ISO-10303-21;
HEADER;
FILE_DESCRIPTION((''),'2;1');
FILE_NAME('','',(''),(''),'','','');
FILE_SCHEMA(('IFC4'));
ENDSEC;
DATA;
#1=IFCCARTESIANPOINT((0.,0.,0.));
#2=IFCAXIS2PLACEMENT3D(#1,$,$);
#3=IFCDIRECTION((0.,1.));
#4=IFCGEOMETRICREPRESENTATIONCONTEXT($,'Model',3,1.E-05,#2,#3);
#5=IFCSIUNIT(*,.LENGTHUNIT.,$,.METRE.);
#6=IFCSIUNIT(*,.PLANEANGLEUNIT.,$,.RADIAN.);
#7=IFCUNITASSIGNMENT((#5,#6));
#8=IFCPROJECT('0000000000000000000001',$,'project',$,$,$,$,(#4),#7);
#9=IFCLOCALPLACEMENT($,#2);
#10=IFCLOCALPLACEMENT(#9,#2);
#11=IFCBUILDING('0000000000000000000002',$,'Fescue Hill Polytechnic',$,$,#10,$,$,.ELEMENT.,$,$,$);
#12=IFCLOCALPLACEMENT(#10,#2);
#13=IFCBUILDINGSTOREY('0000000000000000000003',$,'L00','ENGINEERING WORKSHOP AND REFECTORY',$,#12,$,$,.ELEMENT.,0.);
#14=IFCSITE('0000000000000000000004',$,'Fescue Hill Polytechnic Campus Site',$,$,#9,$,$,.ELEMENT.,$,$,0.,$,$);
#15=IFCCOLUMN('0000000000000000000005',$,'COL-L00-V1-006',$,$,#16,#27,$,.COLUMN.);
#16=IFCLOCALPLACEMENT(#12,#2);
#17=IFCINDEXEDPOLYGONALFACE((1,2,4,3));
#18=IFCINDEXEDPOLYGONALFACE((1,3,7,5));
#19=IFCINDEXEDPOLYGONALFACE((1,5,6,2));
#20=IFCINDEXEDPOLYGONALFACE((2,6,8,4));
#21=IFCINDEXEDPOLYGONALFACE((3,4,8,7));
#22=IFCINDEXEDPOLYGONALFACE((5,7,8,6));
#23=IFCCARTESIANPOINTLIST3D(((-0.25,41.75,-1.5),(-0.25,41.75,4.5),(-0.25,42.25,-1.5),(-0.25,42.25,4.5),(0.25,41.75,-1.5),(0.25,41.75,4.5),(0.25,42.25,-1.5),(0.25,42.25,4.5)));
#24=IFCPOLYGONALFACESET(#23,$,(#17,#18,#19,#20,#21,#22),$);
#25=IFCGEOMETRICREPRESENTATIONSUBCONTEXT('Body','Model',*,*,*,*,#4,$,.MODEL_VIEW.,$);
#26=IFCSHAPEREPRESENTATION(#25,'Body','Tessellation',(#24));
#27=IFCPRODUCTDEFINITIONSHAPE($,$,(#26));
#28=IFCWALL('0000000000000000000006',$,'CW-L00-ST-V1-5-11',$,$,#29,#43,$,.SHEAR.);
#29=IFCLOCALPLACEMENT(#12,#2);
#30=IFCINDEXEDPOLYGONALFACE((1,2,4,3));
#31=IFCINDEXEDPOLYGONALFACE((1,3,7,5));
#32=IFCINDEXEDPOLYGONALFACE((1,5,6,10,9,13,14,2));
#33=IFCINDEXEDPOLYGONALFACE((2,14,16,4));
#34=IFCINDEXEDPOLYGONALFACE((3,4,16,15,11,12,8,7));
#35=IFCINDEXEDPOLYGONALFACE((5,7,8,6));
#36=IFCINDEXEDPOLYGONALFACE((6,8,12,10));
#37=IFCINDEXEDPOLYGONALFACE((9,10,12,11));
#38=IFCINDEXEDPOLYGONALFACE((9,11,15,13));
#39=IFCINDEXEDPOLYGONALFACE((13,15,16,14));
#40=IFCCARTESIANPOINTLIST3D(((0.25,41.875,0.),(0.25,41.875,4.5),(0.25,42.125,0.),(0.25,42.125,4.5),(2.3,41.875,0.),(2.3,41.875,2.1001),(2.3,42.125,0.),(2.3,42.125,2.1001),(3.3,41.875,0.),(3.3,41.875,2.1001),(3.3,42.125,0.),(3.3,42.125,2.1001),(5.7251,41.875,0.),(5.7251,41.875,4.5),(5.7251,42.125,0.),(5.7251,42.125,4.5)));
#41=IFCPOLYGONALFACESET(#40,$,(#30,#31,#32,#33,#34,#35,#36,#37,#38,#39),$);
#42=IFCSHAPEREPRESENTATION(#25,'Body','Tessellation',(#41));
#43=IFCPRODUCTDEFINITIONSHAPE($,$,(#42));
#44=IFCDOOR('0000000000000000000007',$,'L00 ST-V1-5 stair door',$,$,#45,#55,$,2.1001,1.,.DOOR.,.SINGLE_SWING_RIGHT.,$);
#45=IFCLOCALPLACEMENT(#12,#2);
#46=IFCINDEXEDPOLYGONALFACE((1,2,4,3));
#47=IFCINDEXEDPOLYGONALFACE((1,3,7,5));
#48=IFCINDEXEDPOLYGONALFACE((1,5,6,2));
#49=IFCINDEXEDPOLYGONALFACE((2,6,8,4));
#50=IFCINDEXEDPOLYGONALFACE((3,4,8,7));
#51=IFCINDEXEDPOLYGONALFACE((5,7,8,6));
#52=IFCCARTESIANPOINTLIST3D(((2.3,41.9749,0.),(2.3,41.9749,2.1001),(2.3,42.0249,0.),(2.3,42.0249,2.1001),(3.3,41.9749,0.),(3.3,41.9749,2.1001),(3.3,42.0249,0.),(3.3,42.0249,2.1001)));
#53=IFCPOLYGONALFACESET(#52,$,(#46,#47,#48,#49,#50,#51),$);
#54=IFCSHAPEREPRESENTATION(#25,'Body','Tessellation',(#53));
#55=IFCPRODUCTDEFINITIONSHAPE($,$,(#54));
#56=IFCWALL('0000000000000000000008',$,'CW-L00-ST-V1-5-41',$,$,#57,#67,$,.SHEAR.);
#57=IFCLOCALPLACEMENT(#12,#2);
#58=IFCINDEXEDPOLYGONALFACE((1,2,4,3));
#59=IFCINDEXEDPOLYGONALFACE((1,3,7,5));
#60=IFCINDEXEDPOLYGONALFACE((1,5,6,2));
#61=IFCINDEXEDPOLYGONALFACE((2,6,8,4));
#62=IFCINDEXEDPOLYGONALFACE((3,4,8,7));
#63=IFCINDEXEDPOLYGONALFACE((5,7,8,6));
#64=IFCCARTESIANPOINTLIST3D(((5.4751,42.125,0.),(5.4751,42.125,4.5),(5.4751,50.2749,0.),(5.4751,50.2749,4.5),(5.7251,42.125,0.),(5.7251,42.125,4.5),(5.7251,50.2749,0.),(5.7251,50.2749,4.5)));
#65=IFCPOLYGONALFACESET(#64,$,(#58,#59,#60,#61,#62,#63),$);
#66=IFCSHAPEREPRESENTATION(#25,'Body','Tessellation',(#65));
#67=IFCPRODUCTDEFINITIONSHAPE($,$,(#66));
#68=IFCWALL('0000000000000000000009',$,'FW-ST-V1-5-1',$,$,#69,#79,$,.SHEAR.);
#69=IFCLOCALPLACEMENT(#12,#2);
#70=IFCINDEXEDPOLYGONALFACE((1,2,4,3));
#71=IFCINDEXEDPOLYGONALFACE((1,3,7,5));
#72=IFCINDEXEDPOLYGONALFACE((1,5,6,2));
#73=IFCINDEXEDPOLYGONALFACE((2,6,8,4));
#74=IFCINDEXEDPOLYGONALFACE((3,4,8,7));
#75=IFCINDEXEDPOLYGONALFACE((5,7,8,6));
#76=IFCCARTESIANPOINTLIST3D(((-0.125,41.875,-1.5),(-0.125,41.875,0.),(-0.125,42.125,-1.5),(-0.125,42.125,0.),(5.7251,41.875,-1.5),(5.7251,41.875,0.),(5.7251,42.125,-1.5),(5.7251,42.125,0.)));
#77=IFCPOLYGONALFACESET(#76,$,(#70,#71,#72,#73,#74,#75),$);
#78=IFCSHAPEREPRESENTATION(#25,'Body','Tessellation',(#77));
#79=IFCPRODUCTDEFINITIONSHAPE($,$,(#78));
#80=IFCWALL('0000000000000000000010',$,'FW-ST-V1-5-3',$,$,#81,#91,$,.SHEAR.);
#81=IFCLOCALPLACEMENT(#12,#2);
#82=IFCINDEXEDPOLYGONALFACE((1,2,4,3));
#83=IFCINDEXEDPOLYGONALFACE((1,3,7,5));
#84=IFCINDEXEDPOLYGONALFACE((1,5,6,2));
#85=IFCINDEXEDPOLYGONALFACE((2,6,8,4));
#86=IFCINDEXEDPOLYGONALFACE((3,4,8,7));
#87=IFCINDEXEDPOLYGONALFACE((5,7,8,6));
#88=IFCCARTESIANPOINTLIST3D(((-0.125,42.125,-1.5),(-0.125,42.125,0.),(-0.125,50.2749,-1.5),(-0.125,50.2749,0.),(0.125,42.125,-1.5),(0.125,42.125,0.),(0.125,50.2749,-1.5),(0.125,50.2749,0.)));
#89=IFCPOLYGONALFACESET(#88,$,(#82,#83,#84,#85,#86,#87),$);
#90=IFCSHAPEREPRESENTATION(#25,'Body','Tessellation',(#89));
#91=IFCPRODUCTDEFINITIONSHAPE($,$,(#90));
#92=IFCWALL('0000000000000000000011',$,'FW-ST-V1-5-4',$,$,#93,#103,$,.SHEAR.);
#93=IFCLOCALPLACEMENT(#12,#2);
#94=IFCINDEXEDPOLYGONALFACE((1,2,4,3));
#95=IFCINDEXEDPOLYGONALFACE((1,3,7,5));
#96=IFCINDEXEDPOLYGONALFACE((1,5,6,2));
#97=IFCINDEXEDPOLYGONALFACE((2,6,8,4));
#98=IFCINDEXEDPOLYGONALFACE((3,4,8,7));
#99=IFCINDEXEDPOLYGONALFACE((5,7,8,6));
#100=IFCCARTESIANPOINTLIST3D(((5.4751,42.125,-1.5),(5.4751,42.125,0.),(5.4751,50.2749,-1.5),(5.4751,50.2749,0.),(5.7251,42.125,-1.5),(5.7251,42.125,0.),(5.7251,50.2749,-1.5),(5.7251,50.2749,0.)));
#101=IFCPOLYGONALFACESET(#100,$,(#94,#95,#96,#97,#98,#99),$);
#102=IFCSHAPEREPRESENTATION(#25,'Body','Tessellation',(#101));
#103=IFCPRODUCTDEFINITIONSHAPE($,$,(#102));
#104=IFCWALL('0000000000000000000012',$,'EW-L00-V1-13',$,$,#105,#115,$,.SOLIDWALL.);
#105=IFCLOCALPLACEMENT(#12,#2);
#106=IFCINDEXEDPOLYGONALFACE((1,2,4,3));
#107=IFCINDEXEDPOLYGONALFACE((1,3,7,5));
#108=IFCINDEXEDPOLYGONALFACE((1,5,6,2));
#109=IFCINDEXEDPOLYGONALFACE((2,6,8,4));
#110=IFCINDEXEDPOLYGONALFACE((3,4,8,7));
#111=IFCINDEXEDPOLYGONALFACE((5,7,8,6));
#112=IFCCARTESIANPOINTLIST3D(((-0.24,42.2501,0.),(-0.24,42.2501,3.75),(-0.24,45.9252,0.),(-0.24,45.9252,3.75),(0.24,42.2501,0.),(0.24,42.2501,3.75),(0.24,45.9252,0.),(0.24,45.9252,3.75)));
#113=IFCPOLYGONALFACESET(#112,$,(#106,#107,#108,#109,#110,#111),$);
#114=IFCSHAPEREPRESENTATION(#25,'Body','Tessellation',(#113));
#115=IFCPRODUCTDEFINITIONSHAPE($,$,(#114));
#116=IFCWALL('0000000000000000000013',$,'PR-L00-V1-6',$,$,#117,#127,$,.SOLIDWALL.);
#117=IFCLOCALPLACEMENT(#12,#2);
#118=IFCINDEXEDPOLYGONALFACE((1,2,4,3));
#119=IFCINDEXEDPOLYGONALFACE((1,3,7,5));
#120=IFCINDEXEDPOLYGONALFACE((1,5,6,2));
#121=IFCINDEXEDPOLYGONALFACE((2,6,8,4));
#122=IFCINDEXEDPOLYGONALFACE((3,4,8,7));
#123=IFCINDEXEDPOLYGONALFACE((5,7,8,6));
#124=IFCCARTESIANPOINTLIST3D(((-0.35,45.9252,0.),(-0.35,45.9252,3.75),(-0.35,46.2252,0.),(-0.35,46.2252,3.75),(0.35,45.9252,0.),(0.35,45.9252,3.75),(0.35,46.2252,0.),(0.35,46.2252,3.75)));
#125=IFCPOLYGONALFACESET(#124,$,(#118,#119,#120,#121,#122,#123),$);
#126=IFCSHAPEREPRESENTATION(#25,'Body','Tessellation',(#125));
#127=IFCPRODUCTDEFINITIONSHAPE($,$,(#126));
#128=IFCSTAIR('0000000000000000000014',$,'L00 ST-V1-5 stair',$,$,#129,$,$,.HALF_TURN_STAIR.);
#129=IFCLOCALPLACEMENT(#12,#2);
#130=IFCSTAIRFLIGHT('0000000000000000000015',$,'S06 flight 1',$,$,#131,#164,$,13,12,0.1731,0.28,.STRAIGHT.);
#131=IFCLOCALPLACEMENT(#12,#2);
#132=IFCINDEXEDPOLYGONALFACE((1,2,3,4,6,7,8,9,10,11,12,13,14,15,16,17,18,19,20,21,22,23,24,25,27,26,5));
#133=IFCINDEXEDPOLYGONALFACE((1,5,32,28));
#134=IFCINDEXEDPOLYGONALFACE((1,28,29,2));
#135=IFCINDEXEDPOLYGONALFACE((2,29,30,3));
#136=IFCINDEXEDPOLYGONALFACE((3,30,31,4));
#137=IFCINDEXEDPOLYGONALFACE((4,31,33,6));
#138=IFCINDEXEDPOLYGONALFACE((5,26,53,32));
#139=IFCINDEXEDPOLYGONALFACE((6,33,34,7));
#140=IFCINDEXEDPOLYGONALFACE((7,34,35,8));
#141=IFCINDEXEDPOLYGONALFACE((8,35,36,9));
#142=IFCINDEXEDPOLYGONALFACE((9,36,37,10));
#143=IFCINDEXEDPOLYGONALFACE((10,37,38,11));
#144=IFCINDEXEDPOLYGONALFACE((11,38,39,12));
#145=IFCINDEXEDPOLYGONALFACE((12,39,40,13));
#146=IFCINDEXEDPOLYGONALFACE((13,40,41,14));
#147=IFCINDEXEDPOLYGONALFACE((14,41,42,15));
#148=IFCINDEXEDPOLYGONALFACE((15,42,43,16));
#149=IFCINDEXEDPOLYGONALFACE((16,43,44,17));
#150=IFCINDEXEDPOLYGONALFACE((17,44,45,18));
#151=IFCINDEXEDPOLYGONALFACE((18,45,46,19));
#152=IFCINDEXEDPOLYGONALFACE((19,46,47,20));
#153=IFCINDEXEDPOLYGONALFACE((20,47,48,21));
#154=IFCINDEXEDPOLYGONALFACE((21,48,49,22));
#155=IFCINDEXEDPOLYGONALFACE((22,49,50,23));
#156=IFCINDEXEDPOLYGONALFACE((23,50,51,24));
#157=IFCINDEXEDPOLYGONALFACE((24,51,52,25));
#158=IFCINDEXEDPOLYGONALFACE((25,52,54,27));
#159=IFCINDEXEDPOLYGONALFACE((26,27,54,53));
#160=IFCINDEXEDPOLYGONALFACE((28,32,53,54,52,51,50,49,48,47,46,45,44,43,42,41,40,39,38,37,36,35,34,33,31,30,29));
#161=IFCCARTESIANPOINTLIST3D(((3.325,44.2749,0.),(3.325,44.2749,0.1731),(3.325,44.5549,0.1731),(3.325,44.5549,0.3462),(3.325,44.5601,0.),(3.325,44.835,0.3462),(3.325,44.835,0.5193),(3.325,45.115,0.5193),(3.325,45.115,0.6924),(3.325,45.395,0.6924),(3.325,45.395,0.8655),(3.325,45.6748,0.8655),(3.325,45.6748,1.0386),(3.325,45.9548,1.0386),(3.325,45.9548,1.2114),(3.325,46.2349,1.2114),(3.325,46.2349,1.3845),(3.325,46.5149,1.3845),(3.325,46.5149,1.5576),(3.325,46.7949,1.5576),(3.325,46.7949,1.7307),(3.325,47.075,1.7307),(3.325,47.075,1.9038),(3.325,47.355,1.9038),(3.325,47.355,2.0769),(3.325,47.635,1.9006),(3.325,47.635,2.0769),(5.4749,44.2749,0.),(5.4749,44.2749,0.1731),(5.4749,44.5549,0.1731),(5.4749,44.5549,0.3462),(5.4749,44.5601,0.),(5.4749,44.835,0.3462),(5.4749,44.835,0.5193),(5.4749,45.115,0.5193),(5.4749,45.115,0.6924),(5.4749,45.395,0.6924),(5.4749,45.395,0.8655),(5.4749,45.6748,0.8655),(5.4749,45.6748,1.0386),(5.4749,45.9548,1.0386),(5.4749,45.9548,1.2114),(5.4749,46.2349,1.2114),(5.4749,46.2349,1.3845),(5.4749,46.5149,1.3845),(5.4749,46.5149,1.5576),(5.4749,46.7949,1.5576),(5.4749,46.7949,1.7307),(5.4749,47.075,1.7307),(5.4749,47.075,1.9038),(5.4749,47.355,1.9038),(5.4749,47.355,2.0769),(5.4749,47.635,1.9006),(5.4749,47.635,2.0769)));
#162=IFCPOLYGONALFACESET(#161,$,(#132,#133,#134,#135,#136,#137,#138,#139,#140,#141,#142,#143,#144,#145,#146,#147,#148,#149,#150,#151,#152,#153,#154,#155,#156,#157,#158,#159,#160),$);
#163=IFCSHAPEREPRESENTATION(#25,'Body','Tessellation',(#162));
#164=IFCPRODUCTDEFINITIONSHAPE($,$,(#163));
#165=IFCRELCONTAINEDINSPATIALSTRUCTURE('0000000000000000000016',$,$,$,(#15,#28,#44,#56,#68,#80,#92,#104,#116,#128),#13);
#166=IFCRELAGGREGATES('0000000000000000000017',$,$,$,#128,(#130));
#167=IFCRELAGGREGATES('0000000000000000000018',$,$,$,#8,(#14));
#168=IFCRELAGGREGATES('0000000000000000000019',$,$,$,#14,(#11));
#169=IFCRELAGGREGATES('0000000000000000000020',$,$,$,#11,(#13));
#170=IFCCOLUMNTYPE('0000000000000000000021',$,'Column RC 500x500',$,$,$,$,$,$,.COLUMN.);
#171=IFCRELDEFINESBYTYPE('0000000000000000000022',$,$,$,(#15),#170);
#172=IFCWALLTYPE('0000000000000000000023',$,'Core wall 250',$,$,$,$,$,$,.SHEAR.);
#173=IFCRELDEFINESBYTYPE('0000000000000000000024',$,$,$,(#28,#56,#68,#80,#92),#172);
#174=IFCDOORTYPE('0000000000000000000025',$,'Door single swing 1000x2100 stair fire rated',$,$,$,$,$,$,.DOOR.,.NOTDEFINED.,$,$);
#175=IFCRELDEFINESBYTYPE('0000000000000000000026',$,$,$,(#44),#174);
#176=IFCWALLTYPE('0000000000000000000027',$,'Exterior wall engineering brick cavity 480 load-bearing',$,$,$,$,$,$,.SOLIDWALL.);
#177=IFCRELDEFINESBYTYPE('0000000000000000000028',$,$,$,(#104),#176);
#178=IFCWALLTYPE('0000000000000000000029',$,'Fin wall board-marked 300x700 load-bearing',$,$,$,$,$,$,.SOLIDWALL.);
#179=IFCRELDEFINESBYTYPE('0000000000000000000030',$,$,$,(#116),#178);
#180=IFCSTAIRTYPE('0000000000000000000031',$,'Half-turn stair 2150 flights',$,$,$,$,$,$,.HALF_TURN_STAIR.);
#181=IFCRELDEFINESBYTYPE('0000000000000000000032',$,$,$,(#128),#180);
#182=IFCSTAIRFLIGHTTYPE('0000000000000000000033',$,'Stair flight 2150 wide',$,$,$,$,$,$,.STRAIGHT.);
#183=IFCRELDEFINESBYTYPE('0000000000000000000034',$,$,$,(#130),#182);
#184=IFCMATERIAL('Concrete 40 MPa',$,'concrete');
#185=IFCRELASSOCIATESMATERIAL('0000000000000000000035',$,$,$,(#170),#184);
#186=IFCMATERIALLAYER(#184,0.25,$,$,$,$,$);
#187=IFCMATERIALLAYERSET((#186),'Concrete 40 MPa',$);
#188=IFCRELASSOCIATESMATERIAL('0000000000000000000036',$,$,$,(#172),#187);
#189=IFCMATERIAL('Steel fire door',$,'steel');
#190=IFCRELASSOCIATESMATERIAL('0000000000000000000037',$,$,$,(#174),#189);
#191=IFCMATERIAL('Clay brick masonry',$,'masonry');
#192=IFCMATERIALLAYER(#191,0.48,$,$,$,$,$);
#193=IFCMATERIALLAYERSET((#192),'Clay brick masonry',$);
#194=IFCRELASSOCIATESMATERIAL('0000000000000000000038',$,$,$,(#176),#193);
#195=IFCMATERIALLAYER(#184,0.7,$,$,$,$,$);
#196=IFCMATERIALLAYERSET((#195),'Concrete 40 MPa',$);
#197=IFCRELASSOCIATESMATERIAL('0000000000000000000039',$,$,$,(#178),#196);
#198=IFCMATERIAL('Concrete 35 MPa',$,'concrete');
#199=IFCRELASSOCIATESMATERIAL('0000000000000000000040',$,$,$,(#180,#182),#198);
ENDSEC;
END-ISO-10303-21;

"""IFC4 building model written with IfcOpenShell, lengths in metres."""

from ifc_helpers import new_model, si_unit, direction, frame, frame_2d, origin, origin_2d, place, context, subcontext, project, spatial, polyline, rectangle, outline, extrude, material, layer, layer_set, material_profile, profile_set, type_object, element, fill, aggregate, save


model = new_model("IFC4")

# Units and contexts
model_context = context("Model", 3, precision=1e-05, world=origin(), true_north=direction((0.0, 1.0)))
body_context = subcontext(model_context, "Body", "Model", "MODEL_VIEW")
ifc_project = project(units=[si_unit("LENGTHUNIT", "METRE"), si_unit("PLANEANGLEUNIT", "RADIAN")], contexts=[model_context])

# Site, building, storey
site_placement = place(None, origin())
site = spatial("IfcSite", under=ifc_project, at=site_placement, Name="Fescue Hill Polytechnic Campus Site", CompositionType="ELEMENT", RefElevation=0.0)
building_placement = place(site_placement, origin())
building = spatial("IfcBuilding", under=site, at=building_placement, Name="Fescue Hill Polytechnic", CompositionType="ELEMENT")
storey_placement = place(building_placement, origin())
storey = spatial("IfcBuildingStorey", under=building, at=storey_placement, Name="L00", Description="ENGINEERING WORKSHOP AND REFECTORY", CompositionType="ELEMENT", Elevation=0.0)

# Column
ifc_material_1 = material(Name="Concrete 40 MPa", Category="concrete")
ifc_material_profile = material_profile(ifc_material_1, rectangle(XDim=0.5, YDim=0.5, at=origin_2d()), Name="RC 500x500")
ifc_profile_set = profile_set([ifc_material_profile], Name="Concrete 40 MPa")
column_type = type_object("IfcColumnType", Name="Column RC 500x500", PredefinedType="COLUMN", material=ifc_profile_set)
column_placement = place(storey_placement, frame((0.0, 42.0, -1.5), z_axis=(0.0, 0.0, 1.0), x_axis=(1.0, 0.0, 0.0)))
element("IfcColumn", 1, at=column_placement, inside=storey, type_object=column_type, Name="COL-L00-V1-006", PredefinedType="COLUMN", context=body_context, shape_type="SweptSolid", body=[
    extrude(rectangle(XDim=0.5, YDim=0.5, at=origin_2d()), origin(), (0.0, 0.0, 1.0), 6.0),
])

# Wall, opening, door
ifc_layer_1 = layer(ifc_material_1, 0.25)
ifc_layer_set_1 = layer_set([ifc_layer_1], Name="Concrete 40 MPa")
wall_type_1 = type_object("IfcWallType", Name="Core wall 250", PredefinedType="SHEAR", material=ifc_layer_set_1)
wall_1_placement = place(storey_placement, frame((0.25, 42.0, 0.0), z_axis=(0.0, 0.0, 1.0), x_axis=(1.0, 0.0, 0.0)))
wall_1 = element("IfcWall", 2, at=wall_1_placement, inside=storey, type_object=wall_type_1, Name="CW-L00-ST-V1-5-11", PredefinedType="SHEAR", context=body_context, shape_type="SweptSolid", body=[
    extrude(rectangle(XDim=5.4751, YDim=0.25, at=frame_2d((2.7375, 0.0))), origin(), (0.0, 0.0, 1.0), 4.5),
])
opening_placement = place(wall_1_placement, frame((2.05, 0.0, 0.0)))
opening = element("IfcOpeningElement", 3, at=opening_placement, cuts=wall_1, PredefinedType="OPENING", context=body_context, shape_type="SweptSolid", body=[
    extrude(rectangle(XDim=1.0, YDim=2.1001, at=frame_2d((0.5, 1.05))), frame((0.0, 0.135, 0.0), z_axis=(0.0, -1.0, 0.0), x_axis=(1.0, 0.0, 0.0)), (0.0, 0.0, 1.0), 0.27),
])
ifc_material_2 = material(Name="Steel fire door", Category="steel")
door_type = type_object("IfcDoorType", Name="Door single swing 1000x2100 stair fire rated", OperationType="NOTDEFINED", PredefinedType="DOOR", material=ifc_material_2)
door_placement = place(opening_placement, origin())
door = element("IfcDoor", 4, at=door_placement, inside=storey, type_object=door_type, Name="L00 ST-V1-5 stair door", OperationType="SINGLE_SWING_RIGHT", OverallHeight=2.1001, OverallWidth=1.0, PredefinedType="DOOR", context=body_context, shape_type="SweptSolid", body=[
    extrude(rectangle(XDim=1.0, YDim=2.1001, at=frame_2d((0.5, 1.05))), frame((0.0, 0.0249, 0.0), z_axis=(0.0, -1.0, 0.0), x_axis=(1.0, 0.0, 0.0)), (0.0, 0.0, 1.0), 0.05),
])
fill(opening, door)

# Walls
wall_2_placement = place(storey_placement, frame((5.6001, 42.125, 0.0), z_axis=(0.0, 0.0, 1.0), x_axis=(0.0, 1.0, 0.0)))
element("IfcWall", 5, at=wall_2_placement, inside=storey, type_object=wall_type_1, Name="CW-L00-ST-V1-5-41", PredefinedType="SHEAR", context=body_context, shape_type="SweptSolid", body=[
    extrude(rectangle(XDim=8.1499, YDim=0.25, at=frame_2d((4.075, 0.0))), origin(), (0.0, 0.0, 1.0), 4.5),
])
wall_3_placement = place(storey_placement, frame((-0.125, 42.0, -1.5), z_axis=(0.0, 0.0, 1.0), x_axis=(1.0, 0.0, 0.0)))
element("IfcWall", 6, at=wall_3_placement, inside=storey, type_object=wall_type_1, Name="FW-ST-V1-5-1", PredefinedType="SHEAR", context=body_context, shape_type="SweptSolid", body=[
    extrude(rectangle(XDim=5.8501, YDim=0.25, at=frame_2d((2.925, 0.0))), origin(), (0.0, 0.0, 1.0), 1.5),
])
for number, where, z_axis, x_axis, name in (
    (7, (0.0, 42.125, -1.5), (0.0, 0.0, 1.0), (0.0, 1.0, 0.0), "FW-ST-V1-5-3"),
    (8, (5.6001, 42.125, -1.5), (0.0, 0.0, 1.0), (0.0, 1.0, 0.0), "FW-ST-V1-5-4"),
):
    element("IfcWall", number, at=place(storey_placement, frame(where, z_axis=z_axis, x_axis=x_axis)), inside=storey, type_object=wall_type_1, Name=name, PredefinedType="SHEAR", context=body_context, shape_type="SweptSolid", body=[
        extrude(rectangle(XDim=8.1499, YDim=0.25, at=frame_2d((4.075, 0.0))), origin(), (0.0, 0.0, 1.0), 1.5),
    ])
ifc_material_3 = material(Name="Clay brick masonry", Category="masonry")
ifc_layer_2 = layer(ifc_material_3, 0.48)
ifc_layer_set_2 = layer_set([ifc_layer_2], Name="Clay brick masonry")
wall_type_2 = type_object("IfcWallType", Name="Exterior wall engineering brick cavity 480 load-bearing", PredefinedType="SOLIDWALL", material=ifc_layer_set_2)
wall_4_placement = place(storey_placement, frame((0.0, 45.925, 0.0), z_axis=(0.0, 0.0, 1.0), x_axis=(0.0, -1.0, 0.0)))
element("IfcWall", 9, at=wall_4_placement, inside=storey, type_object=wall_type_2, Name="EW-L00-V1-13", PredefinedType="SOLIDWALL", context=body_context, shape_type="SweptSolid", body=[
    extrude(rectangle(XDim=3.675, YDim=0.48, at=frame_2d((1.8374, 0.0))), origin(), (0.0, 0.0, 1.0), 3.75),
])
ifc_layer_3 = layer(ifc_material_1, 0.7)
ifc_layer_set_3 = layer_set([ifc_layer_3], Name="Concrete 40 MPa")
wall_type_3 = type_object("IfcWallType", Name="Fin wall board-marked 300x700 load-bearing", PredefinedType="SOLIDWALL", material=ifc_layer_set_3)
wall_5_placement = place(storey_placement, frame((0.0, 46.2251, 0.0), z_axis=(0.0, 0.0, 1.0), x_axis=(0.0, -1.0, 0.0)))
element("IfcWall", 10, at=wall_5_placement, inside=storey, type_object=wall_type_3, Name="PR-L00-V1-6", PredefinedType="SOLIDWALL", context=body_context, shape_type="SweptSolid", body=[
    extrude(rectangle(XDim=0.3, YDim=0.7, at=frame_2d((0.1499, 0.0))), origin(), (0.0, 0.0, 1.0), 3.75),
])

# Stair, stair flight
ifc_material_4 = material(Name="Concrete 35 MPa", Category="concrete")
stair_type = type_object("IfcStairType", Name="Half-turn stair 2150 flights", PredefinedType="HALF_TURN_STAIR", material=ifc_material_4)
stair_placement = place(storey_placement, origin())
stair = element("IfcStair", 11, at=stair_placement, inside=storey, type_object=stair_type, Name="L00 ST-V1-5 stair", PredefinedType="HALF_TURN_STAIR")
stair_flight_type = type_object("IfcStairFlightType", Name="Stair flight 2150 wide", PredefinedType="STRAIGHT", material=ifc_material_4)
stair_flight_1_placement = place(storey_placement, frame((4.3999, 44.2749, 0.0), z_axis=(0.0, 0.0, 1.0), x_axis=(0.0, 1.0, 0.0)))
stair_flight_1 = element("IfcStairFlight", 12, at=stair_flight_1_placement, type_object=stair_flight_type, Name="S06 flight 1", NumberOfRisers=13, NumberOfTreads=12, PredefinedType="STRAIGHT", RiserHeight=0.1731, TreadLength=0.28, context=body_context, shape_type="SweptSolid", body=[
    extrude(outline(polyline([(0.0, 0.0), (0.0, 0.1731), (0.28, 0.1731), (0.28, 0.3462), (0.5601, 0.3462), (0.5601, 0.5193), (0.8401, 0.5193), (0.8401, 0.6924), (1.1201, 0.6924), (1.1201, 0.8655), (1.3999, 0.8655), (1.3999, 1.0386), (1.6799, 1.0386), (1.6799, 1.2114), (1.96, 1.2114), (1.96, 1.3845), (2.24, 1.3845), (2.24, 1.5576), (2.52, 1.5576), (2.52, 1.7307), (2.8, 1.7307), (2.8, 1.9038), (3.0801, 1.9038), (3.0801, 2.0769), (3.3601, 2.0769), (3.3601, 2.25), (3.3601, 1.9006), (0.2852, 0.0), (0.0, 0.0)])), frame((0.0, 1.075, 0.0), z_axis=(0.0, -1.0, 0.0), x_axis=(1.0, 0.0, 0.0)), (0.0, 0.0, 1.0), 2.1499),
])
aggregate(stair, [stair_flight_1])

save(model, "model.ifc")
